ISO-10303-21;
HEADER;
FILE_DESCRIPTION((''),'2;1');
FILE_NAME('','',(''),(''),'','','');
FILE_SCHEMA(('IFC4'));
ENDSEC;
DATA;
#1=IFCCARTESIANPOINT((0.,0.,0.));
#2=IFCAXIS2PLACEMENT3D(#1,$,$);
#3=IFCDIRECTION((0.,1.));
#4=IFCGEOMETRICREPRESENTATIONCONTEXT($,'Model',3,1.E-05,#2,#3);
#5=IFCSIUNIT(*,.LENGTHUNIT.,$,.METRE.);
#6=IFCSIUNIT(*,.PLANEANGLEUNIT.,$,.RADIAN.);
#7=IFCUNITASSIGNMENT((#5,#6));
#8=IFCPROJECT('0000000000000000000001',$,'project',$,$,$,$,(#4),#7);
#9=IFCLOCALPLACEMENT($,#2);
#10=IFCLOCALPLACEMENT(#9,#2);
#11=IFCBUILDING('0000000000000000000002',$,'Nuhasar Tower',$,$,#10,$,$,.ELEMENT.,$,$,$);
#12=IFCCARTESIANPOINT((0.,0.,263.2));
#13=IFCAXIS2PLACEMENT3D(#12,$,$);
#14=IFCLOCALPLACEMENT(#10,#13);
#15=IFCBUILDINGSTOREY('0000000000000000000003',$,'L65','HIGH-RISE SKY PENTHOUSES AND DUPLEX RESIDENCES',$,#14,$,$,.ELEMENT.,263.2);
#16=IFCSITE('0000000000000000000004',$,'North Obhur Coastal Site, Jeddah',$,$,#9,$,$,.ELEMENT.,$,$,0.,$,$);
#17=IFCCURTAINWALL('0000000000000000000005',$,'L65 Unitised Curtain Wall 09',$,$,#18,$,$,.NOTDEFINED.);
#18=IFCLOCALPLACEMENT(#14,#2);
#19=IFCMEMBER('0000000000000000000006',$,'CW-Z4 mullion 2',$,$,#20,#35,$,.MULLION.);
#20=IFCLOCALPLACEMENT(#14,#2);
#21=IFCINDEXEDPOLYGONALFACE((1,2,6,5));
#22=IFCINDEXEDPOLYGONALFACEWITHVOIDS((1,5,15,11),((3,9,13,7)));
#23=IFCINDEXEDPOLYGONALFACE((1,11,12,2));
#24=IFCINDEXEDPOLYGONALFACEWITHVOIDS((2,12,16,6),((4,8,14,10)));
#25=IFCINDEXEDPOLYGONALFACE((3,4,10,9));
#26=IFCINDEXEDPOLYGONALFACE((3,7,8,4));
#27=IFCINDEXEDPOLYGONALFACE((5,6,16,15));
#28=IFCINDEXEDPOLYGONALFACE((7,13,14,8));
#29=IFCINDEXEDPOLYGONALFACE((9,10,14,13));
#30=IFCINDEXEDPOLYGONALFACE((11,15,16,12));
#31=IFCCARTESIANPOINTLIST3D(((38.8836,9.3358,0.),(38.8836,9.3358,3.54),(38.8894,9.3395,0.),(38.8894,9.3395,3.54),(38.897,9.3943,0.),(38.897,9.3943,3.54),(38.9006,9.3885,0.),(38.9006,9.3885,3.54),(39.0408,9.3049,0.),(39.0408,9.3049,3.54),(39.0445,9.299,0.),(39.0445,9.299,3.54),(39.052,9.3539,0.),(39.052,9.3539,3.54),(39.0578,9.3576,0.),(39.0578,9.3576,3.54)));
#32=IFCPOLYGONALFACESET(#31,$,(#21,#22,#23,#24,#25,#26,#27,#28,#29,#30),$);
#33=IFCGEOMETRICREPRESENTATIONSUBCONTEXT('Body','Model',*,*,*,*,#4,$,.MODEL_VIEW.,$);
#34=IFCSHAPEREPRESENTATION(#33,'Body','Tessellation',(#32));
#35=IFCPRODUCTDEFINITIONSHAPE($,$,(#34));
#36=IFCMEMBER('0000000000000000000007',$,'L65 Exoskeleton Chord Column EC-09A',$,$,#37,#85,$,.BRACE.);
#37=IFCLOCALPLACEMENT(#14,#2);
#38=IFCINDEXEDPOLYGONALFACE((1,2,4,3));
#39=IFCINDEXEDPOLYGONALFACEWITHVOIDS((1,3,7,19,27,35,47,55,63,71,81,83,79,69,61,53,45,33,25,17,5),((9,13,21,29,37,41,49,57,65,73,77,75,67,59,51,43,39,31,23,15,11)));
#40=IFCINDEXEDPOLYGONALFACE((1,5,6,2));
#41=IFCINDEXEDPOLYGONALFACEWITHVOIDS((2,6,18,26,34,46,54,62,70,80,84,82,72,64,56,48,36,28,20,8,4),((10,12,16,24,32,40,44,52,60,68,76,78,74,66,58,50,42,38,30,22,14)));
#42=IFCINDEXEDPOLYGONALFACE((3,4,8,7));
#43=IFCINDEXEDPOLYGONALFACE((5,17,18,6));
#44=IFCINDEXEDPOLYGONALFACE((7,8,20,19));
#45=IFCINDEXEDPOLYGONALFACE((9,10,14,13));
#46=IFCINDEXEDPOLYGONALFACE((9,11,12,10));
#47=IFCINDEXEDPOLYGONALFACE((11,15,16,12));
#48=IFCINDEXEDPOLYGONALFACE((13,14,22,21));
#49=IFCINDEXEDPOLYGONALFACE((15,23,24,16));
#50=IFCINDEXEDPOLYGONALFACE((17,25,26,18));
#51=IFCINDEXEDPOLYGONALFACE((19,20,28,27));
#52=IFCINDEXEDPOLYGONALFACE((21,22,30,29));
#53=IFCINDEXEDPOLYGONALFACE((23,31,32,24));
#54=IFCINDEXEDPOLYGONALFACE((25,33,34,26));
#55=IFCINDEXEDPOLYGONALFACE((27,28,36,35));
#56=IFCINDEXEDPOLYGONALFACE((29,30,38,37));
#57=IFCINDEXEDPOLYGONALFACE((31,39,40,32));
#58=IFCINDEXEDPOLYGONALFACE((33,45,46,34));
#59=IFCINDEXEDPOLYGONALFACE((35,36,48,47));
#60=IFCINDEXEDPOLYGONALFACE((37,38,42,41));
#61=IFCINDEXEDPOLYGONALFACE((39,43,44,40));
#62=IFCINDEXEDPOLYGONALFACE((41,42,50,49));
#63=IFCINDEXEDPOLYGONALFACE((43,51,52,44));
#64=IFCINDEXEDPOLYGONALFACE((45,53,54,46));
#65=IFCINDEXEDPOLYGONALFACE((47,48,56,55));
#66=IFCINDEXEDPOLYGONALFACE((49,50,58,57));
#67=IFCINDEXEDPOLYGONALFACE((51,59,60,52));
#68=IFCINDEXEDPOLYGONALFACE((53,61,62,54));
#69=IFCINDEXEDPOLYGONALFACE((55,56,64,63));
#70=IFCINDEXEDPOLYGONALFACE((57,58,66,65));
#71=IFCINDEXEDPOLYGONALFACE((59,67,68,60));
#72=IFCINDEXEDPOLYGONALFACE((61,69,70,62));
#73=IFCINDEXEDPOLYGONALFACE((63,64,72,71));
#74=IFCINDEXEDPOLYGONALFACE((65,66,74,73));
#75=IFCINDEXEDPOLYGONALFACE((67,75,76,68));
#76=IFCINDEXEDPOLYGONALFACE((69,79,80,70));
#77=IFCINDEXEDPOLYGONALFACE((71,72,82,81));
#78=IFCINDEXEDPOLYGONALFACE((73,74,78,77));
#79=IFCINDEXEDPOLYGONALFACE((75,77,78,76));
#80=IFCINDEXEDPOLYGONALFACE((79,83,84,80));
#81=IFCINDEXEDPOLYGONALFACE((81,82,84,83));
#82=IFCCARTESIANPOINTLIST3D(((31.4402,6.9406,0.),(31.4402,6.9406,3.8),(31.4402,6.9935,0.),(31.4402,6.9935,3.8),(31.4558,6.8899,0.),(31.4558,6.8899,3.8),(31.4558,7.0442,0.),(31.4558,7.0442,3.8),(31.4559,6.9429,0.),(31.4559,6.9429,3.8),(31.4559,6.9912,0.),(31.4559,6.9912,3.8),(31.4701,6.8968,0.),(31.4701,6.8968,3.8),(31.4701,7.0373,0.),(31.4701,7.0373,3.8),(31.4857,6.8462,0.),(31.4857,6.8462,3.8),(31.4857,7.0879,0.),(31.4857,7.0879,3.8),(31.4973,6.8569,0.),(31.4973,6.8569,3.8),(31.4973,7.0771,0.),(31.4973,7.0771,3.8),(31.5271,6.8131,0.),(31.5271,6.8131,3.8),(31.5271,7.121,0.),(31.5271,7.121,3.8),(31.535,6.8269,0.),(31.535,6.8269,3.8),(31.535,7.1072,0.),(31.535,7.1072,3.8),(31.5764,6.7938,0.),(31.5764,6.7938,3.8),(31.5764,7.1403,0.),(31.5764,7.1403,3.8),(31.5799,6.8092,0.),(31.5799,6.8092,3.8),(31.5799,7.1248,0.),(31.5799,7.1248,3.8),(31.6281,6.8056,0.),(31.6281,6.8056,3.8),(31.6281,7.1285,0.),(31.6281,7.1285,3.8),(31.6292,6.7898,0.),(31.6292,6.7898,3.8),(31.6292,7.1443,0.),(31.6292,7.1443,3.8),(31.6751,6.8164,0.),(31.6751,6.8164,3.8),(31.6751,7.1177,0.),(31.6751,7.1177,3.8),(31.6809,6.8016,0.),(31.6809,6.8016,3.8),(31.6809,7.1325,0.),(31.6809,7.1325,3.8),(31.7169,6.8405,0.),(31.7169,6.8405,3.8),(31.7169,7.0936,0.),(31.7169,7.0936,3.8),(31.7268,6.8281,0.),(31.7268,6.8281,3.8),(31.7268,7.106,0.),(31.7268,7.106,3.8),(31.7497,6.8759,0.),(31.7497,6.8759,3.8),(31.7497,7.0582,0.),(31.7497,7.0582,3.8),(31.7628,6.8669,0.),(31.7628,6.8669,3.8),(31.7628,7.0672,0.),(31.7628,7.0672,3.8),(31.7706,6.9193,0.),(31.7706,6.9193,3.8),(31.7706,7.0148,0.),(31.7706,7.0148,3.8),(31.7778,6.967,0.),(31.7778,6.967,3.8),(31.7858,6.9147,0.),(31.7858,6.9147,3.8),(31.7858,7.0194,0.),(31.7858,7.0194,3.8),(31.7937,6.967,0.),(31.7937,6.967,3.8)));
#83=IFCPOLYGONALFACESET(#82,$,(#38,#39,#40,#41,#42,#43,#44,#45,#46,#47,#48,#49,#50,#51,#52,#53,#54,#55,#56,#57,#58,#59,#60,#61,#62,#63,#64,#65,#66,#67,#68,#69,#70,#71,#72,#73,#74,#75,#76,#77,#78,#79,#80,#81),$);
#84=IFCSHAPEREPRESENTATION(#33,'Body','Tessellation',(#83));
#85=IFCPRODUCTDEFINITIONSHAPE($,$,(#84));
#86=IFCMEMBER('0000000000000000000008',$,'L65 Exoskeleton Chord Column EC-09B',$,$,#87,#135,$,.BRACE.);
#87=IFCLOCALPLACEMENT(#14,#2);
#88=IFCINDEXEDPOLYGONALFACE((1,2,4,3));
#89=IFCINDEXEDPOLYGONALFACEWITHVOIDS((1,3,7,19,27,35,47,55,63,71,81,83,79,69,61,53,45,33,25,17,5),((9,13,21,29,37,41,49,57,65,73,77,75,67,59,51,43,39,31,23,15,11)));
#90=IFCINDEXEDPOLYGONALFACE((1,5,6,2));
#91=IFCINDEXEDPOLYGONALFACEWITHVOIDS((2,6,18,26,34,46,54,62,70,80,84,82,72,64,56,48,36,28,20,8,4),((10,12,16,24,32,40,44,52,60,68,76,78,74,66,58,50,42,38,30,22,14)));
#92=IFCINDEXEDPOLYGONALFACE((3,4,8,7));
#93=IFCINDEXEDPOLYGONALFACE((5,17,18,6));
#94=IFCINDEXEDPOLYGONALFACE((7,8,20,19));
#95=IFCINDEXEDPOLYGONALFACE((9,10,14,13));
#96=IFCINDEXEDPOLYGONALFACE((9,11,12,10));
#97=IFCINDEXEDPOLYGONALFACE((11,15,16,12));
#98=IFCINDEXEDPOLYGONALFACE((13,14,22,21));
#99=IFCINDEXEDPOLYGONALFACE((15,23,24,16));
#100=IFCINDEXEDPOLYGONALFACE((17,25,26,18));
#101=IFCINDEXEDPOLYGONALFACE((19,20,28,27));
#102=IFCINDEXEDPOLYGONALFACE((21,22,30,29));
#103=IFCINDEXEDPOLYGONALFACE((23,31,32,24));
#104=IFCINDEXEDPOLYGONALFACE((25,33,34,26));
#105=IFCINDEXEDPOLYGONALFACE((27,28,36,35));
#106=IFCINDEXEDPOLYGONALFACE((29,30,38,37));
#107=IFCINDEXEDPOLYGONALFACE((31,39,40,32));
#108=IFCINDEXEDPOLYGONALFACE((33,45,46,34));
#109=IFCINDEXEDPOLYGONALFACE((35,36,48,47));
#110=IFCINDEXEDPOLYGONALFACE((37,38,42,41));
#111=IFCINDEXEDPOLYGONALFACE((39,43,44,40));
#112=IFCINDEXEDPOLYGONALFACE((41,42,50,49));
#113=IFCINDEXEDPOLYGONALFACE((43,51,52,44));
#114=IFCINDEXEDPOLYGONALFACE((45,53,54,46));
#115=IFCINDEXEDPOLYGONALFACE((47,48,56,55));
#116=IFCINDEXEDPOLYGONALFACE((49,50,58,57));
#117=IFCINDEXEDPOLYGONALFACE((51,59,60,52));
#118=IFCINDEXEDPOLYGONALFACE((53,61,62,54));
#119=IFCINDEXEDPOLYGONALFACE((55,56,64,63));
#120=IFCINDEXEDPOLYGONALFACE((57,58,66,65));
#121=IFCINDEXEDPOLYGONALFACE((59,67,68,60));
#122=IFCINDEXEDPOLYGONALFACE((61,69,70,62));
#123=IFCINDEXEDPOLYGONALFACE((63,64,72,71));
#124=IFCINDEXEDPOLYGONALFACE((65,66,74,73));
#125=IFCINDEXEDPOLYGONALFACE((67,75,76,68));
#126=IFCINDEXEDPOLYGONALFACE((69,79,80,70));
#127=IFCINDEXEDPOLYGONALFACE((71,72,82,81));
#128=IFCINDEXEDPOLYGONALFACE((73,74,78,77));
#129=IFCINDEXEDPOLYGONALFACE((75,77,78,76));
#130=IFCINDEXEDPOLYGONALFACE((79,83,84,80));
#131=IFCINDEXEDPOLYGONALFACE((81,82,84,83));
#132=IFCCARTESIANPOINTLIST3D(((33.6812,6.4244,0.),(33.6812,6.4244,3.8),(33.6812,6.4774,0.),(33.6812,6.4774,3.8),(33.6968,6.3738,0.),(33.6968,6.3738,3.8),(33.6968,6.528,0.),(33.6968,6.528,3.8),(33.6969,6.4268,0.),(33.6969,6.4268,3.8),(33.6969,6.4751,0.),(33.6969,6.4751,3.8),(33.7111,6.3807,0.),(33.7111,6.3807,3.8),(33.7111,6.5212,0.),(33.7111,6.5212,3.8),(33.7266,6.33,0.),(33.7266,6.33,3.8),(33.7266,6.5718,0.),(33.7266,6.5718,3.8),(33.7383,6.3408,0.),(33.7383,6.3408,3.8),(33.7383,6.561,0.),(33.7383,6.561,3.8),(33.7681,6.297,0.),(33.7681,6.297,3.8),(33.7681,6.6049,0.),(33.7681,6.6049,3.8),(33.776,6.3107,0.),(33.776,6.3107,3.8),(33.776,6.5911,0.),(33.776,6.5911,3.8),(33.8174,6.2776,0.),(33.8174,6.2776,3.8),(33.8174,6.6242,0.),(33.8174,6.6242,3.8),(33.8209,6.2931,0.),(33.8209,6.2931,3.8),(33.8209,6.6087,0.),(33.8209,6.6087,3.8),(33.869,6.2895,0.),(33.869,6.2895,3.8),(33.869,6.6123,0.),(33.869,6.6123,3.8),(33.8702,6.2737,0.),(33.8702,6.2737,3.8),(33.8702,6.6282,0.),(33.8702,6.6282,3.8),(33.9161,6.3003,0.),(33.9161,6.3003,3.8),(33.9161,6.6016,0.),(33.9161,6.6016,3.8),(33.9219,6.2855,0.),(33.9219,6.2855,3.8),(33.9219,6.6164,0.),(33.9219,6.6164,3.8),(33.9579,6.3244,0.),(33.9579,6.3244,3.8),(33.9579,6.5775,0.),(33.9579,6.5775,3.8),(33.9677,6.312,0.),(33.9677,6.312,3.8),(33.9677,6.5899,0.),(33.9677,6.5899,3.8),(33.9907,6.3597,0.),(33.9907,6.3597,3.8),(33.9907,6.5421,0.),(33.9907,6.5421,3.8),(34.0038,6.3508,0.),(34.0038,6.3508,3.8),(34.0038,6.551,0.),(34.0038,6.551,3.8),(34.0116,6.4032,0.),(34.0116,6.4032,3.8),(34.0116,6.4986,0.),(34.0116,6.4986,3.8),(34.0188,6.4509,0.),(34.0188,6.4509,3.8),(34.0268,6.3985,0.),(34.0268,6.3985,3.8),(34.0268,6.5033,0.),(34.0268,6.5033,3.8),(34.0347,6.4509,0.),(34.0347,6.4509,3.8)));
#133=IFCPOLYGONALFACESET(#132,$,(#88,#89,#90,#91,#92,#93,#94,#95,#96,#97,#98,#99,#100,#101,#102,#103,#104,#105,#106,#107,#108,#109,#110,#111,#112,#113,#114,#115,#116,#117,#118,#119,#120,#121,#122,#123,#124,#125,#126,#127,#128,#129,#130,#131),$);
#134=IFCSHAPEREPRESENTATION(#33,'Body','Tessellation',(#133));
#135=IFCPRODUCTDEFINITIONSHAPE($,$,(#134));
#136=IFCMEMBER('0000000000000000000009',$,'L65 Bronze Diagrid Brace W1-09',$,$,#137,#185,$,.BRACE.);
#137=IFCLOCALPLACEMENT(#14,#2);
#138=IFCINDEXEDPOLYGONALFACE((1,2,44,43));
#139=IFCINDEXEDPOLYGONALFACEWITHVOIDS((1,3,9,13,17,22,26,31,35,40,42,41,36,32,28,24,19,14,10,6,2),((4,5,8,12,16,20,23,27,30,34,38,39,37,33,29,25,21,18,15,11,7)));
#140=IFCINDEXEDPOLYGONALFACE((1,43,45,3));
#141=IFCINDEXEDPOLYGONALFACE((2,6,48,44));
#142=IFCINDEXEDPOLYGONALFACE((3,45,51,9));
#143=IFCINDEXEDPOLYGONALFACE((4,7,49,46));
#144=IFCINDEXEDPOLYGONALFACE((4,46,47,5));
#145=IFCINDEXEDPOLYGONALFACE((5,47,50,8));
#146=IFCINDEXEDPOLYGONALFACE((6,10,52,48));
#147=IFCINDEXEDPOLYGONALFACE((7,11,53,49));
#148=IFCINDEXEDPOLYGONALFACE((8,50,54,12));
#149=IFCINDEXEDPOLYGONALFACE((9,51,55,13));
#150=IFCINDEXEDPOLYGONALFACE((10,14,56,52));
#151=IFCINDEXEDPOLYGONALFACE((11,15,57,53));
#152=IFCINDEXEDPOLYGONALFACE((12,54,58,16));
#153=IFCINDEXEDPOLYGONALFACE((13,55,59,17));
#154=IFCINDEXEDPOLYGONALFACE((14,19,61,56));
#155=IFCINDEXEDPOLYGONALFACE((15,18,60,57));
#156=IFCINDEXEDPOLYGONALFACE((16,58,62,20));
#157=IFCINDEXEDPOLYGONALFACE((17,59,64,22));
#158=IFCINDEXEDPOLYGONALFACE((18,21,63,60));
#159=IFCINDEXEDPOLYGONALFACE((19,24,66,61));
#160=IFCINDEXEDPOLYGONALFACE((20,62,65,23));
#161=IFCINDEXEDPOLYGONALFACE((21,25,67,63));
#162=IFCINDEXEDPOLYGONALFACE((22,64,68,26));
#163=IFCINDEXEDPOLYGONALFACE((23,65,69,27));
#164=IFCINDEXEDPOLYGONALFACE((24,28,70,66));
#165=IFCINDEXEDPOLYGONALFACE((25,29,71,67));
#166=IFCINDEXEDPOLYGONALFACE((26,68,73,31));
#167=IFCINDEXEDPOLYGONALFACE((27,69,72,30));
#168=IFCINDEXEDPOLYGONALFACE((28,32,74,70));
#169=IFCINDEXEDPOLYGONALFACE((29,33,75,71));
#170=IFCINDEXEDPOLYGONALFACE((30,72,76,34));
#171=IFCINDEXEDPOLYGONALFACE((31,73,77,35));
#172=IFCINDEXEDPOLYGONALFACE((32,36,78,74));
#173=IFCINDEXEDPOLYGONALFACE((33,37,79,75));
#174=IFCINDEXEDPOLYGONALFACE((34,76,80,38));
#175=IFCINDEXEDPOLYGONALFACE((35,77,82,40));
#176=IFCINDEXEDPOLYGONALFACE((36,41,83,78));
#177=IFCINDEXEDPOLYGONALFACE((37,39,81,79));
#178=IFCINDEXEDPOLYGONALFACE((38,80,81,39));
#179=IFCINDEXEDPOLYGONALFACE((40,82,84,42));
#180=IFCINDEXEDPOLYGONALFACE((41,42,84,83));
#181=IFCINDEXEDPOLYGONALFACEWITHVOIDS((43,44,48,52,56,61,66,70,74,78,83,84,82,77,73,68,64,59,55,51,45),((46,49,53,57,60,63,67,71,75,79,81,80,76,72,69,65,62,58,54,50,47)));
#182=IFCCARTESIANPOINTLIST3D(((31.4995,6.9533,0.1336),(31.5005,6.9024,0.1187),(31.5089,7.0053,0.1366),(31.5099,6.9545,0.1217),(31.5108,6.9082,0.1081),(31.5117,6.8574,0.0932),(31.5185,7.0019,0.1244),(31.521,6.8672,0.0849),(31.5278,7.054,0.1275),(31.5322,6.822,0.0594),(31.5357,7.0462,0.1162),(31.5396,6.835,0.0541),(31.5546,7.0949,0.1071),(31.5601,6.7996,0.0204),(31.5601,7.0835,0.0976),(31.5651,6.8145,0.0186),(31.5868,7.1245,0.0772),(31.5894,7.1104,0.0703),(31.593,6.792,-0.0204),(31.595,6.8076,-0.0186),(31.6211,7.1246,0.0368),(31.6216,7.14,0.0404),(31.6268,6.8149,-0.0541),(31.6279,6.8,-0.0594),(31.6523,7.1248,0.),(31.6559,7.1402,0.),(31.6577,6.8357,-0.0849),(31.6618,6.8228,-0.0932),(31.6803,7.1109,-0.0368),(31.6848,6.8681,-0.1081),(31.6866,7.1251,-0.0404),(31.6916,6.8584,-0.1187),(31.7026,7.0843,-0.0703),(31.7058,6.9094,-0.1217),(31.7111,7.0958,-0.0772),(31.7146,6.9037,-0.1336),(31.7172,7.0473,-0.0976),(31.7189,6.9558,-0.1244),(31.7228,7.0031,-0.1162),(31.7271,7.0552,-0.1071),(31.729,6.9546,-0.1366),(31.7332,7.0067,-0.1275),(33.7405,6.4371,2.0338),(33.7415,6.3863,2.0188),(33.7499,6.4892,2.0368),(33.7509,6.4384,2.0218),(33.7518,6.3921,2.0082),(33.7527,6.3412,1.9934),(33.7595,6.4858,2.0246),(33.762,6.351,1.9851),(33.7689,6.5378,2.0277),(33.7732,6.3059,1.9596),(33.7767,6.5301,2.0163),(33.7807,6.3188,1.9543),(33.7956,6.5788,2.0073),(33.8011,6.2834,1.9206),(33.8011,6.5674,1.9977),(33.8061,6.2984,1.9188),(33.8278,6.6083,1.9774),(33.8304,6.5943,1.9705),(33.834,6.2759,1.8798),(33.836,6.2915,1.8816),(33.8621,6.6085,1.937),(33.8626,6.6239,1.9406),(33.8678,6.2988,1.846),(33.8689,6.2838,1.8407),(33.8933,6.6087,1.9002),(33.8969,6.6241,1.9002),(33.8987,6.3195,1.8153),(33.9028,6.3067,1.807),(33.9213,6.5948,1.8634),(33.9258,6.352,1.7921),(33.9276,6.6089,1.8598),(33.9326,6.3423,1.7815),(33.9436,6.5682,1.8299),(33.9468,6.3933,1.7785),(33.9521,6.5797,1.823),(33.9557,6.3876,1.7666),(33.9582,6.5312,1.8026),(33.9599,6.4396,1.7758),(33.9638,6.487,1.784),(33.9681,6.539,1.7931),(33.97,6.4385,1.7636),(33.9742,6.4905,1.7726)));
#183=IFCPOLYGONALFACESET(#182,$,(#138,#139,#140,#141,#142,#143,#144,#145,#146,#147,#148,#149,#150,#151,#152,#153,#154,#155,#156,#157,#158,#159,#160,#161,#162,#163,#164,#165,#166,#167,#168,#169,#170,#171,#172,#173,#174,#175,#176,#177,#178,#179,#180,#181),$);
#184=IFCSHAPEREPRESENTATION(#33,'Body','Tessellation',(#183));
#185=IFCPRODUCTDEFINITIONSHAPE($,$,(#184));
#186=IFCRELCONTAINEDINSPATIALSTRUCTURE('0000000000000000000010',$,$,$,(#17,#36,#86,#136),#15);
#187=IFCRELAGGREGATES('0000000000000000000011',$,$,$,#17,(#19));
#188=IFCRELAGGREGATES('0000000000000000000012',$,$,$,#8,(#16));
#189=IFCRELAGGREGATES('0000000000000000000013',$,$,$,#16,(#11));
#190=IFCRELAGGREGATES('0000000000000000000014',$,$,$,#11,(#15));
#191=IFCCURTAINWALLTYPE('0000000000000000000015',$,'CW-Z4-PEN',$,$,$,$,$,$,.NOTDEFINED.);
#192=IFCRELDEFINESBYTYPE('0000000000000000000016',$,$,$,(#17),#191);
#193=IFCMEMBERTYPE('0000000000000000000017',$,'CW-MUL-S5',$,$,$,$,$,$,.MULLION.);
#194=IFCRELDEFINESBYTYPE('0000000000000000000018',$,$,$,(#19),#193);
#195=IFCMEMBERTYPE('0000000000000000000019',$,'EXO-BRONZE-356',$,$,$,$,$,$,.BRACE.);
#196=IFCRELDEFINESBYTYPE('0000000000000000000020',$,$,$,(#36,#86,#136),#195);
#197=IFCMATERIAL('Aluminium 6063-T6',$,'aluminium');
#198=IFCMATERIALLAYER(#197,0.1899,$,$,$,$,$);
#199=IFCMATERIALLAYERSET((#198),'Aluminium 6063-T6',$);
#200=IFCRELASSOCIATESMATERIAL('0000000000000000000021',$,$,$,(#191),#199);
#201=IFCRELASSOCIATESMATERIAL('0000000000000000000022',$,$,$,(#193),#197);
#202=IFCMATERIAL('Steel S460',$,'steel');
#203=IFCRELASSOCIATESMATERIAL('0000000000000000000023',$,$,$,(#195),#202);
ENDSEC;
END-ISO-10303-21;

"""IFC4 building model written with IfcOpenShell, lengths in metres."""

from ifc_helpers import new_model, si_unit, direction, frame, origin, origin_2d, place, context, subcontext, project, spatial, hollow_rectangle, hollow_circle, extrude, material, layer, layer_set, material_profile, profile_set, type_object, element, aggregate, save


model = new_model("IFC4")

# Units and contexts
model_context = context("Model", 3, precision=1e-05, world=origin(), true_north=direction((0.0, 1.0)))
body_context = subcontext(model_context, "Body", "Model", "MODEL_VIEW")
ifc_project = project(units=[si_unit("LENGTHUNIT", "METRE"), si_unit("PLANEANGLEUNIT", "RADIAN")], contexts=[model_context])

# Site, building, storey
site_placement = place(None, origin())
site = spatial("IfcSite", under=ifc_project, at=site_placement, Name="North Obhur Coastal Site, Jeddah", CompositionType="ELEMENT", RefElevation=0.0)
building_placement = place(site_placement, origin())
building = spatial("IfcBuilding", under=site, at=building_placement, Name="Nuhasar Tower", CompositionType="ELEMENT")
storey_placement = place(building_placement, frame((0.0, 0.0, 263.2)))
storey = spatial("IfcBuildingStorey", under=building, at=storey_placement, Name="L65", Description="HIGH-RISE SKY PENTHOUSES AND DUPLEX RESIDENCES", CompositionType="ELEMENT", Elevation=263.2)

# Curtain wall, member
ifc_material_1 = material(Name="Aluminium 6063-T6", Category="aluminium")
ifc_layer_1 = layer(ifc_material_1, 0.1899)
ifc_layer_set_1 = layer_set([ifc_layer_1], Name="Aluminium 6063-T6")
curtain_wall_type = type_object("IfcCurtainWallType", Name="CW-Z4-PEN", PredefinedType="NOTDEFINED", material=ifc_layer_set_1)
curtain_wall_placement = place(storey_placement, origin())
curtain_wall = element("IfcCurtainWall", 1, at=curtain_wall_placement, inside=storey, type_object=curtain_wall_type, Name="L65 Unitised Curtain Wall 09", PredefinedType="NOTDEFINED")
ifc_material_profile_1 = material_profile(ifc_material_1, hollow_rectangle(XDim=0.0601, YDim=0.165, WallThickness=0.0049, at=origin_2d()), Name="CWM-5")
ifc_profile_set_1 = profile_set([ifc_material_profile_1], Name="Aluminium 6063-T6")
member_type_1 = type_object("IfcMemberType", Name="CW-MUL-S5", PredefinedType="MULLION", material=ifc_profile_set_1)
member_1_placement = place(storey_placement, frame((38.9707, 9.3467, 0.0), z_axis=(0.0, 0.0, 1.0), x_axis=(0.222889, 0.974844, 0.0)))
member_1 = element("IfcMember", 2, at=member_1_placement, type_object=member_type_1, Name="CW-Z4 mullion 2", PredefinedType="MULLION", context=body_context, shape_type="SweptSolid", body=[
    extrude(hollow_rectangle(XDim=0.0601, YDim=0.165, WallThickness=0.0049, at=origin_2d()), origin(), (0.0, 0.0, 1.0), 3.54),
])

# Members
ifc_material_2 = material(Name="Steel S460", Category="steel")
ifc_material_profile_2 = material_profile(ifc_material_2, hollow_circle(Radius=0.1777, WallThickness=0.0159, at=origin_2d()), Name="HSS355.6X15.9")
ifc_profile_set_2 = profile_set([ifc_material_profile_2], Name="Steel S460")
member_type_2 = type_object("IfcMemberType", Name="EXO-BRONZE-356", PredefinedType="BRACE", material=ifc_profile_set_2)
for number, where, z_axis, x_axis, name in (
    (3, (31.616, 6.967, 0.0), (0.0, 0.0, 1.0), (1.0, 0.0, 0.0), "L65 Exoskeleton Chord Column EC-09A"),
    (4, (33.8569, 6.4509, 0.0), (0.0, 0.0, 1.0), (1.0, 0.0, 0.0), "L65 Exoskeleton Chord Column EC-09B"),
):
    element("IfcMember", number, at=place(storey_placement, frame(where, z_axis=z_axis, x_axis=x_axis)), inside=storey, type_object=member_type_2, Name=name, PredefinedType="BRACE", context=body_context, shape_type="SweptSolid", body=[
        extrude(hollow_circle(Radius=0.1777, WallThickness=0.0159, at=origin_2d()), origin(), (0.0, 0.0, 1.0), 3.8),
    ])
member_2_placement = place(storey_placement, frame((31.616, 6.967, 0.0), z_axis=(0.751222, -0.173013, 0.636971), x_axis=(0.224433, 0.97449, 0.0)))
element("IfcMember", 5, at=member_2_placement, inside=storey, type_object=member_type_2, Name="L65 Bronze Diagrid Brace W1-09", PredefinedType="BRACE", context=body_context, shape_type="SweptSolid", body=[
    extrude(hollow_circle(Radius=0.1777, WallThickness=0.0159, at=origin_2d()), origin(), (0.0, 0.0, 1.0), 2.9832),
])

aggregate(curtain_wall, [member_1])

save(model, "model.ifc")
